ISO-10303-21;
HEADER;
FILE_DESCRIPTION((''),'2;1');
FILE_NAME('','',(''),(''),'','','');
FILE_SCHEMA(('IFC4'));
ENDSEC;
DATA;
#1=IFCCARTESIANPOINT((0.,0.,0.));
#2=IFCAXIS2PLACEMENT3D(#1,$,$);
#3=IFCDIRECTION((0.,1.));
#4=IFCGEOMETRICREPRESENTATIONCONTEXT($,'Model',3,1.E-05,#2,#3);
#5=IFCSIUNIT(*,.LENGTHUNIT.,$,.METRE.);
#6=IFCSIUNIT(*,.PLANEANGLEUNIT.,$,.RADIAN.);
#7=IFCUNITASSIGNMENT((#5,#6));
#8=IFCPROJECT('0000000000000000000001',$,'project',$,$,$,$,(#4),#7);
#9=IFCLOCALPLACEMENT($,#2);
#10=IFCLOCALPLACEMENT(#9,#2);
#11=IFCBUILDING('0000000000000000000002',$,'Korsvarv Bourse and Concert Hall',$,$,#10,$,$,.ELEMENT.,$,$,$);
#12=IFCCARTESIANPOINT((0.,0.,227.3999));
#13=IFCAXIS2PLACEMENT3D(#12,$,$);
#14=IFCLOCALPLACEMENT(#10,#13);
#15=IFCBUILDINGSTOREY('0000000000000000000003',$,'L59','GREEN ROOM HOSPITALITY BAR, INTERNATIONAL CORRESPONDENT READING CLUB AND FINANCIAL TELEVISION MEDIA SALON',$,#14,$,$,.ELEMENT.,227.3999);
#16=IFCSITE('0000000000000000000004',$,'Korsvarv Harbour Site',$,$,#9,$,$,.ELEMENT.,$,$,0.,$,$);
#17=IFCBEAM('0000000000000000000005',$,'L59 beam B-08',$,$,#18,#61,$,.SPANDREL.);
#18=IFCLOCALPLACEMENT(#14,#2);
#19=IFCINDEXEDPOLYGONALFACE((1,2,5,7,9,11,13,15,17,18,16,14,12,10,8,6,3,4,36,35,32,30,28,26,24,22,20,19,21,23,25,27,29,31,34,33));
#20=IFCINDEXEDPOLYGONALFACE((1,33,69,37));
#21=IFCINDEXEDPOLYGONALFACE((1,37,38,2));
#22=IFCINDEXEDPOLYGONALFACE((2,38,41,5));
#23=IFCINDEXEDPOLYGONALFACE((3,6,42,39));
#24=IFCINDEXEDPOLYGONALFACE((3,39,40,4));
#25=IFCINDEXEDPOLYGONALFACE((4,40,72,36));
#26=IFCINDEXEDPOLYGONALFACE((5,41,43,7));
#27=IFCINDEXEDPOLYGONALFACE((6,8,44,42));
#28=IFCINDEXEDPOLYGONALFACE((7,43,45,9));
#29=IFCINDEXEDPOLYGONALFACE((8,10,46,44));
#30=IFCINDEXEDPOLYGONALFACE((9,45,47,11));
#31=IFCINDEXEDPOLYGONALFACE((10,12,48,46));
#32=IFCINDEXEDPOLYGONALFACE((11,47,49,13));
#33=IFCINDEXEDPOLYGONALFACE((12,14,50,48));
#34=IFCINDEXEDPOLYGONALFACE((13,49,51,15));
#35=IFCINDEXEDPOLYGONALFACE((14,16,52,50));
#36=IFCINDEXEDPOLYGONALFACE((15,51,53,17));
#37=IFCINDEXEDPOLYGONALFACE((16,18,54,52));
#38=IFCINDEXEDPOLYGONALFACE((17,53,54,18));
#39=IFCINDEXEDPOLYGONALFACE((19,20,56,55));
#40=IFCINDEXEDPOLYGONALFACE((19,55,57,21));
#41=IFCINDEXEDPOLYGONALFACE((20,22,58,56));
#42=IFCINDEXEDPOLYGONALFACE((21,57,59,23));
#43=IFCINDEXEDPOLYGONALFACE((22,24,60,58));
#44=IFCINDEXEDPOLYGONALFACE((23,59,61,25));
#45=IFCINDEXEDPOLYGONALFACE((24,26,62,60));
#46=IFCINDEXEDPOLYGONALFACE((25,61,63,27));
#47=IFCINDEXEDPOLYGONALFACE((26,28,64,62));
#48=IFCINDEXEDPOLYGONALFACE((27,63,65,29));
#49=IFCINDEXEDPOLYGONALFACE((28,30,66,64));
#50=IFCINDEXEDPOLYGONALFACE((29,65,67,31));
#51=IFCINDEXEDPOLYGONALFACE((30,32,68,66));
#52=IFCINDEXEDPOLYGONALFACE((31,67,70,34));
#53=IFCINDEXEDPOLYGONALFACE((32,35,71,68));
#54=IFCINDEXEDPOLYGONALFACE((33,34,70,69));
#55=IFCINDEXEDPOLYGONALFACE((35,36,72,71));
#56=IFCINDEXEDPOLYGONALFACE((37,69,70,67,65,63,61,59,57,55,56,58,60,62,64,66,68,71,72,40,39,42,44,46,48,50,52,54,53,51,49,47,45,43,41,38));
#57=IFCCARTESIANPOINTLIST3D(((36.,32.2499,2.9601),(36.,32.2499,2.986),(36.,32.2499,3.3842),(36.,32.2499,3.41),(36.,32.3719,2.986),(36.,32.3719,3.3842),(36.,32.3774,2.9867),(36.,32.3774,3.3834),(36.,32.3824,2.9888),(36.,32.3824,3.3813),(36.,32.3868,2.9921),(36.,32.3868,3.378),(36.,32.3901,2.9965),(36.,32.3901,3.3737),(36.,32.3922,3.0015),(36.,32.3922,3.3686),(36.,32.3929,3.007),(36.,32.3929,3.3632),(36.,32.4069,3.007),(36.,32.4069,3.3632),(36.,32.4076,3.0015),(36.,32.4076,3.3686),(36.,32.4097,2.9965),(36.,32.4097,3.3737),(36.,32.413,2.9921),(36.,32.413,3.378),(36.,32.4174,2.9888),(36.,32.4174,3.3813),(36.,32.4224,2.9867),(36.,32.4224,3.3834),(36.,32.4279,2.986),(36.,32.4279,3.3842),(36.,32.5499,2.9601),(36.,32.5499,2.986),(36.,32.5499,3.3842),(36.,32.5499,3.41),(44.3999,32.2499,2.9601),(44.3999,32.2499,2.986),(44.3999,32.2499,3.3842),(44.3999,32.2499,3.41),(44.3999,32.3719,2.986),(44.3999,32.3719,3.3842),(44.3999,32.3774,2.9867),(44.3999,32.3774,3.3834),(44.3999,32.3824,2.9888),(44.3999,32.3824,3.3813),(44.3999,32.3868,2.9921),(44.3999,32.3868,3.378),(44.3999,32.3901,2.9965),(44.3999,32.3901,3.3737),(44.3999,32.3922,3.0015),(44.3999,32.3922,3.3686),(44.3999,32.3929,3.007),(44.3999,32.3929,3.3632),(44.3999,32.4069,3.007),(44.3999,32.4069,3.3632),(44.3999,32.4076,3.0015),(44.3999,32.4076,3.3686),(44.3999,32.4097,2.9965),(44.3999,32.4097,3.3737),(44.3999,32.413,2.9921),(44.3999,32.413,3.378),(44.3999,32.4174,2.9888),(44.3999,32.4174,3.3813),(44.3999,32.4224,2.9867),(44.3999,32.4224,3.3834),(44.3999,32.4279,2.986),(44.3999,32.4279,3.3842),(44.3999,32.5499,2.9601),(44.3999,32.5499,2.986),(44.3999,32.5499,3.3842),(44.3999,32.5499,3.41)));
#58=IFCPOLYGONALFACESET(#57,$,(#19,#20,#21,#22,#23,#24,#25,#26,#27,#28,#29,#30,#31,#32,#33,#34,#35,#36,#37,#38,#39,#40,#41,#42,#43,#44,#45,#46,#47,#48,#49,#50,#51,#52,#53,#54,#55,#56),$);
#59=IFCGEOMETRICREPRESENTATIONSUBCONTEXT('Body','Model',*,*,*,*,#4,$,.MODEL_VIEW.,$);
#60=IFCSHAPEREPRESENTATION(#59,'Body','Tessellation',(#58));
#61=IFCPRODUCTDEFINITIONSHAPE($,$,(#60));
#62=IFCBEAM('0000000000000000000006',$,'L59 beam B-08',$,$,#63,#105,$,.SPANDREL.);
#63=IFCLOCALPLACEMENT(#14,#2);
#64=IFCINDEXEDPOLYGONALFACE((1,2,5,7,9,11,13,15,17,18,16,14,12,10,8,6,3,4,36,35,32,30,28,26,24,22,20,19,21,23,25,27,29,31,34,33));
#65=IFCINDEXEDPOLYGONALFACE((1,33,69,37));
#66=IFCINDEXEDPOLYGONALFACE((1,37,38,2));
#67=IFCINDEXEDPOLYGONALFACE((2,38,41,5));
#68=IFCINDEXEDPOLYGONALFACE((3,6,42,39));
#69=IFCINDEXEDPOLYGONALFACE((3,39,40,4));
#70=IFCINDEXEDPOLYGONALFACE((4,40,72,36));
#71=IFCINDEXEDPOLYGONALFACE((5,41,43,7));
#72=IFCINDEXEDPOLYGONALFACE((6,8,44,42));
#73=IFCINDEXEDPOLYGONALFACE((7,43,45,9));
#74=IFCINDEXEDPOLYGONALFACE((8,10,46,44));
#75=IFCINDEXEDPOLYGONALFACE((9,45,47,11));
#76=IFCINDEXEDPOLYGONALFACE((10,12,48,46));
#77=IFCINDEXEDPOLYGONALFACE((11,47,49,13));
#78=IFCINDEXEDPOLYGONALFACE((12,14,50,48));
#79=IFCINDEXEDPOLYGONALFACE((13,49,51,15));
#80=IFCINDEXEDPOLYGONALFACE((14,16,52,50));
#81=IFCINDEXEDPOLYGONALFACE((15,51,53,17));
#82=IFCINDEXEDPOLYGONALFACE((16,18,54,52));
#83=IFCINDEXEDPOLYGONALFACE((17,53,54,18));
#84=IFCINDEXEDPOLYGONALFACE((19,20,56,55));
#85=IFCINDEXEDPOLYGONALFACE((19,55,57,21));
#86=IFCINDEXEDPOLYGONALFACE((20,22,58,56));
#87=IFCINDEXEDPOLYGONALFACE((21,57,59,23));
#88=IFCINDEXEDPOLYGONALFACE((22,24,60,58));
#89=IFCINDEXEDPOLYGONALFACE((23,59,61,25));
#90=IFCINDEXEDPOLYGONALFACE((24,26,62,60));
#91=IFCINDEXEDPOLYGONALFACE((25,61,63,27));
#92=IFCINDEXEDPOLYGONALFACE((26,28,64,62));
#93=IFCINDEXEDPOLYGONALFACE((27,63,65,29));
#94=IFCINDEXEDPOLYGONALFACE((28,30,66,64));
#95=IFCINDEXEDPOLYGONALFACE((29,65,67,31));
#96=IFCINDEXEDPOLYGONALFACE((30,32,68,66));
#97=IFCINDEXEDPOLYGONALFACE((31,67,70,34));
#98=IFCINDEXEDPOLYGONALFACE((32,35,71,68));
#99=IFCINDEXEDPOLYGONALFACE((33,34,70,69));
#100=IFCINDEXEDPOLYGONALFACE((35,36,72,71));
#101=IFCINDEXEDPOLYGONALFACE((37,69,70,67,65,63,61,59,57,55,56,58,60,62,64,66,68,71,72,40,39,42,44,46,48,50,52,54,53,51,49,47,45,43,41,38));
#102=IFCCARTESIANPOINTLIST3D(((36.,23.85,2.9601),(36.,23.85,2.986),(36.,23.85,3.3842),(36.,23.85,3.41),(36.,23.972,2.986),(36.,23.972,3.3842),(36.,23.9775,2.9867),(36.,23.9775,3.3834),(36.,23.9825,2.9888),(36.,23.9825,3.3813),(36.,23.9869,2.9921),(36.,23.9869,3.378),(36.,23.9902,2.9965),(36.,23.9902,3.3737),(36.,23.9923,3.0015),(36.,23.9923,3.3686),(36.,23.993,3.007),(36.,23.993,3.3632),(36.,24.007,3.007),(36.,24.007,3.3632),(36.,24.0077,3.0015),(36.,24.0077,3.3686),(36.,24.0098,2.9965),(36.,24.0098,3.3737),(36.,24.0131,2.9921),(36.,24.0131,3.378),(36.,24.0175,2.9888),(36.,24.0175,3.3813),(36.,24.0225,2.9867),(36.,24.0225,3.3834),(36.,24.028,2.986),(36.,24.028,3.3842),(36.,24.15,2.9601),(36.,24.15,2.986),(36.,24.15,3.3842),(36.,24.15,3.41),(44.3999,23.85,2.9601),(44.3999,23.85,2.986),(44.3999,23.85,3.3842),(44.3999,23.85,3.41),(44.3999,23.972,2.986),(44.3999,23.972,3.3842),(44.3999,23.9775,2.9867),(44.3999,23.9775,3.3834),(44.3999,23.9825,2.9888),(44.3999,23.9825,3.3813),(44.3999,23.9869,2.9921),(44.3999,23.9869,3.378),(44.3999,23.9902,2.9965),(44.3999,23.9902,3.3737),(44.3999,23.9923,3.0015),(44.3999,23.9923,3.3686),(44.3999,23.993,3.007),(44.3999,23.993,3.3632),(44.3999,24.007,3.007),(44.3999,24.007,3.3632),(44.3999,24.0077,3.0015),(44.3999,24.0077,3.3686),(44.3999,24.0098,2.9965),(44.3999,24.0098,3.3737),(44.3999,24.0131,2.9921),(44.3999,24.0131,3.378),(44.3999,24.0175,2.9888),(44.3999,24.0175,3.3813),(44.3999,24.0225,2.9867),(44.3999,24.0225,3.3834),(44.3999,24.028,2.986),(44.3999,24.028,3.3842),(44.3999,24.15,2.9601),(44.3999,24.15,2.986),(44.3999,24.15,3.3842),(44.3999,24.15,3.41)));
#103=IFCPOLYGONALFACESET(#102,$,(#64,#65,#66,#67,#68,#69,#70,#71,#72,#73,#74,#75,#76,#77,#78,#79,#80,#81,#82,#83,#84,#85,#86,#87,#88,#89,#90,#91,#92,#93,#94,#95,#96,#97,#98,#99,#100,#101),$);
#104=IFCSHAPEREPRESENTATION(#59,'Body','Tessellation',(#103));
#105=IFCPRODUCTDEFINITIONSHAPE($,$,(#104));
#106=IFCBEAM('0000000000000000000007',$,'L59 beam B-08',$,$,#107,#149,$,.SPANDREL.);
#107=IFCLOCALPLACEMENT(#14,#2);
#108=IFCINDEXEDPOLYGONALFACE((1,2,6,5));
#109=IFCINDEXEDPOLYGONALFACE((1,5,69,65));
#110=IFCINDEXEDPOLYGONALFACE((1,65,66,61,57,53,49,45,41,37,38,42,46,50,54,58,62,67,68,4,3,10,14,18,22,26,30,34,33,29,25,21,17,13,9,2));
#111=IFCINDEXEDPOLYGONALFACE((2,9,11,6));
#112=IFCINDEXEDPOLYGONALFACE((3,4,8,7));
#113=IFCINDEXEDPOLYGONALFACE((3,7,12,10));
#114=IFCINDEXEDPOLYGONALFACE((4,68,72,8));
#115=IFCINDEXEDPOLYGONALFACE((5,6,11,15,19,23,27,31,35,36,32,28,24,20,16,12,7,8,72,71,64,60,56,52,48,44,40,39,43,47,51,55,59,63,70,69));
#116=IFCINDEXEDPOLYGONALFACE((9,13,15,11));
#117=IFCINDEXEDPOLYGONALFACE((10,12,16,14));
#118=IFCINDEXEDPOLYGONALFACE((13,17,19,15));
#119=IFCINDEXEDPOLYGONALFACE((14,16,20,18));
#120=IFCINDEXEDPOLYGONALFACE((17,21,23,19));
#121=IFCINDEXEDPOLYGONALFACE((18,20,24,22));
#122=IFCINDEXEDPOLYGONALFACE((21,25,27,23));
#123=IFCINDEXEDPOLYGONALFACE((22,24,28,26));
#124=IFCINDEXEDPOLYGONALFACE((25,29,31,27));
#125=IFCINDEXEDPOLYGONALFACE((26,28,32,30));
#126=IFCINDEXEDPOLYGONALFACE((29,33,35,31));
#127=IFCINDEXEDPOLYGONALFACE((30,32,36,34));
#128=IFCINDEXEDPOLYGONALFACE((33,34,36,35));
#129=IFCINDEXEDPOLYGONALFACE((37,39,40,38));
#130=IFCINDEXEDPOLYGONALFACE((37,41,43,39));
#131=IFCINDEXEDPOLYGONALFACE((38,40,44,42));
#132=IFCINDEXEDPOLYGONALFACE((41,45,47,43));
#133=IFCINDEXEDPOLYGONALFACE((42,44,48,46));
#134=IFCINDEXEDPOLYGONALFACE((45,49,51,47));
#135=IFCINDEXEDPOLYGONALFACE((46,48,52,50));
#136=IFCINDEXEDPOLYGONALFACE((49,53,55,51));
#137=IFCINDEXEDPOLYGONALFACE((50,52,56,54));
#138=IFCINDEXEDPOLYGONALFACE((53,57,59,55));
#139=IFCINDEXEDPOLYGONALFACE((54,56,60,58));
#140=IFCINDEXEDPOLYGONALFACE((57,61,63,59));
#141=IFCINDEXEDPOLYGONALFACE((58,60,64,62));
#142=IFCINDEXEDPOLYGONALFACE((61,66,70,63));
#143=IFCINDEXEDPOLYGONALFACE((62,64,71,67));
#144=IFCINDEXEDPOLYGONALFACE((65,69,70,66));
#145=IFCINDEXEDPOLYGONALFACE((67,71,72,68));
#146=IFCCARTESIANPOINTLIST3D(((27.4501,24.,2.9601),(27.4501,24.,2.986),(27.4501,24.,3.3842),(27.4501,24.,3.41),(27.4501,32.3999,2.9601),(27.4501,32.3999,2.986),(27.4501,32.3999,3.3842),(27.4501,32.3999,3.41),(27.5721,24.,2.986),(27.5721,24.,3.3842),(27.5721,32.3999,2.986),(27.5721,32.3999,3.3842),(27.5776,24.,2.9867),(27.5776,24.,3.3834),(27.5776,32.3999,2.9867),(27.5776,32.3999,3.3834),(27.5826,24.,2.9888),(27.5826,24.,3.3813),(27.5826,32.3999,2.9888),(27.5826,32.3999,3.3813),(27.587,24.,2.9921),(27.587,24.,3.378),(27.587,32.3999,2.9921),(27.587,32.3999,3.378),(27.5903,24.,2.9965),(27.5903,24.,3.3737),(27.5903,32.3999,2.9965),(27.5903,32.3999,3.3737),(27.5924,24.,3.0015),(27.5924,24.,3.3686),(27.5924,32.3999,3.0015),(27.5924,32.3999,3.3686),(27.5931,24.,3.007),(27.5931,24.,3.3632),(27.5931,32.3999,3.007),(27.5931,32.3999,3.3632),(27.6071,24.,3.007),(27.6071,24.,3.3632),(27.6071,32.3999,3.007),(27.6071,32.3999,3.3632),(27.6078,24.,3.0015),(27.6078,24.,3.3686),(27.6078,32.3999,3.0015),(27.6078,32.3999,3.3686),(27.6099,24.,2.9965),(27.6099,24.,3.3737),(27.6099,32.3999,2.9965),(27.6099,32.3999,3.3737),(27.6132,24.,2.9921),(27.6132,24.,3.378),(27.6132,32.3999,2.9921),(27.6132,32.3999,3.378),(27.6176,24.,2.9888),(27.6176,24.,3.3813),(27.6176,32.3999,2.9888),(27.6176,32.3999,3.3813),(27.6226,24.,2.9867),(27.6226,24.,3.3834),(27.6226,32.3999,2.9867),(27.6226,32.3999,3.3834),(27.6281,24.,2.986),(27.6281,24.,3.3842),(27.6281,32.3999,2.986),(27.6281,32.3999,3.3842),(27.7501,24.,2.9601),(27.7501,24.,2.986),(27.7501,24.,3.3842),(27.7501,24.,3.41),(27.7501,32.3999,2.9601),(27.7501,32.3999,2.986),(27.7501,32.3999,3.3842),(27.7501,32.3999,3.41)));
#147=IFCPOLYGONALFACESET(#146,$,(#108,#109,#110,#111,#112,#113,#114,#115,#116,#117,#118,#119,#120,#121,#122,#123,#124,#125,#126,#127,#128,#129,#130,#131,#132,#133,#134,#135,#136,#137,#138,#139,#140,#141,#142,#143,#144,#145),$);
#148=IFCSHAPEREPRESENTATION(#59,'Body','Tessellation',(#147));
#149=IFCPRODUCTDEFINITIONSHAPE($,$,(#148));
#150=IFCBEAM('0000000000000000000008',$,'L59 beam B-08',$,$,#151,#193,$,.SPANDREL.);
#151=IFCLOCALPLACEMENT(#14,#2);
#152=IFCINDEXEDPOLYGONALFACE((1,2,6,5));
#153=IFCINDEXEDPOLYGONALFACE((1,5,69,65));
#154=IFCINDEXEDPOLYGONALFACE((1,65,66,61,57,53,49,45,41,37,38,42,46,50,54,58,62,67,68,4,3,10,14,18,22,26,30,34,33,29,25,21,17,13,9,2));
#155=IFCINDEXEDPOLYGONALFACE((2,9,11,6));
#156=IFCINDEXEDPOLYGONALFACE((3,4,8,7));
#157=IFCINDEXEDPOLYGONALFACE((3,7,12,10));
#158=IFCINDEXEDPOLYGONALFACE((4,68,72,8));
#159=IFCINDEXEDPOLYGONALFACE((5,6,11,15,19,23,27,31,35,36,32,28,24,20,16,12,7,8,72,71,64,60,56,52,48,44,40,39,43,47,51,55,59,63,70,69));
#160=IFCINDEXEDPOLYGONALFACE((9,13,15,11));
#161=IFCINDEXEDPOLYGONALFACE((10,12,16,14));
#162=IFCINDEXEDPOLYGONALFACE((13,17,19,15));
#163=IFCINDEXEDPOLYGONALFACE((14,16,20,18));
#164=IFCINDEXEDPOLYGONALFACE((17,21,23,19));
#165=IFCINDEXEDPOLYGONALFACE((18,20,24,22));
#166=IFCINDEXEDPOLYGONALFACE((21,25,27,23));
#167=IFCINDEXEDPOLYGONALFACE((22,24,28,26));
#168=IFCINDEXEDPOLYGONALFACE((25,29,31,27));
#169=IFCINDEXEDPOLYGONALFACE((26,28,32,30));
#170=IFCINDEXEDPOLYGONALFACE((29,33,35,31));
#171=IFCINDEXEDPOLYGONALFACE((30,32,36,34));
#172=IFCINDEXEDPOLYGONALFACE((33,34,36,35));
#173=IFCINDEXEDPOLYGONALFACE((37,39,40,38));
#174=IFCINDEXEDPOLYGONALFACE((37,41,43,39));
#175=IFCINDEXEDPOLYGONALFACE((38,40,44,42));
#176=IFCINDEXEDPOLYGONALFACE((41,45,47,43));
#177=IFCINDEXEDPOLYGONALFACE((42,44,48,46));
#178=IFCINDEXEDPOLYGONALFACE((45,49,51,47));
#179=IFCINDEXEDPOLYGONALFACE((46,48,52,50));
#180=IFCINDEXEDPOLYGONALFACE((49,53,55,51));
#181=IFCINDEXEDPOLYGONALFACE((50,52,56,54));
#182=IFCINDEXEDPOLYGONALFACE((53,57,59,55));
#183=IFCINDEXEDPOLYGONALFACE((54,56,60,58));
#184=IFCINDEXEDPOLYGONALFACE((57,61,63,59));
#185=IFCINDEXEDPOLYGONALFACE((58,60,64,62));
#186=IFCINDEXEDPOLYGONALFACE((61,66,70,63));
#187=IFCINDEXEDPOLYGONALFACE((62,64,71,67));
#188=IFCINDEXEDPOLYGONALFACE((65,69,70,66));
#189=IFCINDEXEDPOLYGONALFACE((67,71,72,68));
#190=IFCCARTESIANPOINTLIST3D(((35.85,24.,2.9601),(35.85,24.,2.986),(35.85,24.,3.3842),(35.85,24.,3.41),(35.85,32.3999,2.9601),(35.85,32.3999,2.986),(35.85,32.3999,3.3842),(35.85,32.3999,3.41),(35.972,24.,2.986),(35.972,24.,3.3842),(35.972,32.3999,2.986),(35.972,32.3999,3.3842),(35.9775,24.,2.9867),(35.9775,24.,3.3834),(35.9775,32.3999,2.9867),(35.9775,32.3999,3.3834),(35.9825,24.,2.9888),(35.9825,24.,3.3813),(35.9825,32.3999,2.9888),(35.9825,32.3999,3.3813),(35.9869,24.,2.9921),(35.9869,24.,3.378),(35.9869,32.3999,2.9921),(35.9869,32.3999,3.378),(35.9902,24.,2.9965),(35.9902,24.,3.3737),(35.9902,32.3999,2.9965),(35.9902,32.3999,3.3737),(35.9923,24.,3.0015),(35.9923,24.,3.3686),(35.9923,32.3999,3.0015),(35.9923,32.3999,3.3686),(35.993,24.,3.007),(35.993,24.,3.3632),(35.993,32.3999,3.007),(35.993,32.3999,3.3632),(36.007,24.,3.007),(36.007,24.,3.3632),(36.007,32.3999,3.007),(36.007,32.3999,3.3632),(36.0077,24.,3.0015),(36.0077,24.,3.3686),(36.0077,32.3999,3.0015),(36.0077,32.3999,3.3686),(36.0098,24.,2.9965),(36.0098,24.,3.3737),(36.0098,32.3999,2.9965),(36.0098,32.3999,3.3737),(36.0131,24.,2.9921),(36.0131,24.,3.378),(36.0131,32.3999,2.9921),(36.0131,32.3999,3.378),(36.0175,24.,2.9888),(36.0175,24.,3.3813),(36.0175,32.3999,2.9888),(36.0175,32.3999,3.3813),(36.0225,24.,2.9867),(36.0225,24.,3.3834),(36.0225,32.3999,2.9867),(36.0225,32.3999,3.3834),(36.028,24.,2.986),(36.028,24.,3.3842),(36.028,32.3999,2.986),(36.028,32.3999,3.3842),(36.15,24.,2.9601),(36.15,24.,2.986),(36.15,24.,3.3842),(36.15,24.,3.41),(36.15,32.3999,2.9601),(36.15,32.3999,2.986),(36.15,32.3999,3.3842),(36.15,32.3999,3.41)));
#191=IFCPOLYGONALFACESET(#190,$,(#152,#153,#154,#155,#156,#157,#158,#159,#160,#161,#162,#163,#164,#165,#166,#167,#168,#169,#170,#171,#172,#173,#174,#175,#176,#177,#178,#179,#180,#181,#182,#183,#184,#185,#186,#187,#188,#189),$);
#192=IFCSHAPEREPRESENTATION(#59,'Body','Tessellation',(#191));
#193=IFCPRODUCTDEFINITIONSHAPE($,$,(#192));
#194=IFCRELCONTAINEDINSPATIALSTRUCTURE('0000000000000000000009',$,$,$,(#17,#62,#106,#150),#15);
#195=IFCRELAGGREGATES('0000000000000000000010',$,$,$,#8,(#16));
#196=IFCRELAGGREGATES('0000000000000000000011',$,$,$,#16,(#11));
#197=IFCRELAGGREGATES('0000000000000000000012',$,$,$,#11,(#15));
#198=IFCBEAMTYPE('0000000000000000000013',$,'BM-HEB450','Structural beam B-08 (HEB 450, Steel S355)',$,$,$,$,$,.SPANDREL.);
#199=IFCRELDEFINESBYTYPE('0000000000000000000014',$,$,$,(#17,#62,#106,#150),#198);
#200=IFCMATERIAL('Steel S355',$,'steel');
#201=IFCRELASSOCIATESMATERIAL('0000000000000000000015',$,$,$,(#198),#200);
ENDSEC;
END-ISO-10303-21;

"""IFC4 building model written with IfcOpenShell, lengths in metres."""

from ifc_helpers import new_model, si_unit, direction, frame, origin, origin_2d, place, context, subcontext, project, spatial, i_section, extrude, source, transform, mapped, material, material_profile, profile_set, type_object, element, save


model = new_model("IFC4")

# Units and contexts
model_context = context("Model", 3, precision=1e-05, world=origin(), true_north=direction((0.0, 1.0)))
body_context = subcontext(model_context, "Body", "Model", "MODEL_VIEW")
ifc_project = project(units=[si_unit("LENGTHUNIT", "METRE"), si_unit("PLANEANGLEUNIT", "RADIAN")], contexts=[model_context])

# Site, building, storey
site_placement = place(None, origin())
site = spatial("IfcSite", under=ifc_project, at=site_placement, Name="Korsvarv Harbour Site", CompositionType="ELEMENT", RefElevation=0.0)
building_placement = place(site_placement, origin())
building = spatial("IfcBuilding", under=site, at=building_placement, Name="Korsvarv Bourse and Concert Hall", CompositionType="ELEMENT")
storey_placement = place(building_placement, frame((0.0, 0.0, 227.3999)))
storey = spatial("IfcBuildingStorey", under=building, at=storey_placement, Name="L59", Description="GREEN ROOM HOSPITALITY BAR, INTERNATIONAL CORRESPONDENT READING CLUB AND FINANCIAL TELEVISION MEDIA SALON", CompositionType="ELEMENT", Elevation=227.3999)

# Shared definitions
ifc_material_1 = material(Name="Steel S355", Category="steel")

# Beams
ifc_material_profile_1 = material_profile(ifc_material_1, i_section(OverallWidth=0.3, OverallDepth=0.45, WebThickness=0.0139, FlangeThickness=0.0259, FilletRadius=0.021, at=origin_2d()), Name="HEB 450")
ifc_profile_set_1 = profile_set([ifc_material_profile_1], Name="Steel S355")
beam_type_1 = type_object("IfcBeamType", Name="BM-HEB450", Description="Structural beam B-08 (HEB 450, Steel S355)", PredefinedType="SPANDREL", material=ifc_profile_set_1)
shared_shape_1 = source(origin(), body_context, "Body", "SweptSolid", [
    extrude(i_section(OverallWidth=0.3, OverallDepth=0.45, WebThickness=0.0139, FlangeThickness=0.0259, FilletRadius=0.021, at=origin_2d()), origin(), (0.0, 0.0, 1.0), 8.3999),
])
for number, where, z_axis, x_axis, name in (
    (1, (36.0, 32.3999, 3.1851), (1.0, 0.0, 0.0), (0.0, 1.0, 0.0), "L59 beam B-08"),
    (2, (36.0, 24.0, 3.1851), (1.0, 0.0, 0.0), (0.0, 1.0, 0.0), "L59 beam B-08"),
    (3, (27.6001, 24.0, 3.1851), (0.0, 1.0, 0.0), (-1.0, 0.0, 0.0), "L59 beam B-08"),
    (4, (36.0, 24.0, 3.1851), (0.0, 1.0, 0.0), (-1.0, 0.0, 0.0), "L59 beam B-08"),
):
    element("IfcBeam", number, at=place(storey_placement, frame(where, z_axis=z_axis, x_axis=x_axis)), inside=storey, type_object=beam_type_1, Name=name, PredefinedType="SPANDREL", context=body_context, shape_type="MappedRepresentation", body=[
        mapped(shared_shape_1, transform((0.0, 0.0, 0.0), scale=1.0)),
    ])

save(model, "model.ifc")
